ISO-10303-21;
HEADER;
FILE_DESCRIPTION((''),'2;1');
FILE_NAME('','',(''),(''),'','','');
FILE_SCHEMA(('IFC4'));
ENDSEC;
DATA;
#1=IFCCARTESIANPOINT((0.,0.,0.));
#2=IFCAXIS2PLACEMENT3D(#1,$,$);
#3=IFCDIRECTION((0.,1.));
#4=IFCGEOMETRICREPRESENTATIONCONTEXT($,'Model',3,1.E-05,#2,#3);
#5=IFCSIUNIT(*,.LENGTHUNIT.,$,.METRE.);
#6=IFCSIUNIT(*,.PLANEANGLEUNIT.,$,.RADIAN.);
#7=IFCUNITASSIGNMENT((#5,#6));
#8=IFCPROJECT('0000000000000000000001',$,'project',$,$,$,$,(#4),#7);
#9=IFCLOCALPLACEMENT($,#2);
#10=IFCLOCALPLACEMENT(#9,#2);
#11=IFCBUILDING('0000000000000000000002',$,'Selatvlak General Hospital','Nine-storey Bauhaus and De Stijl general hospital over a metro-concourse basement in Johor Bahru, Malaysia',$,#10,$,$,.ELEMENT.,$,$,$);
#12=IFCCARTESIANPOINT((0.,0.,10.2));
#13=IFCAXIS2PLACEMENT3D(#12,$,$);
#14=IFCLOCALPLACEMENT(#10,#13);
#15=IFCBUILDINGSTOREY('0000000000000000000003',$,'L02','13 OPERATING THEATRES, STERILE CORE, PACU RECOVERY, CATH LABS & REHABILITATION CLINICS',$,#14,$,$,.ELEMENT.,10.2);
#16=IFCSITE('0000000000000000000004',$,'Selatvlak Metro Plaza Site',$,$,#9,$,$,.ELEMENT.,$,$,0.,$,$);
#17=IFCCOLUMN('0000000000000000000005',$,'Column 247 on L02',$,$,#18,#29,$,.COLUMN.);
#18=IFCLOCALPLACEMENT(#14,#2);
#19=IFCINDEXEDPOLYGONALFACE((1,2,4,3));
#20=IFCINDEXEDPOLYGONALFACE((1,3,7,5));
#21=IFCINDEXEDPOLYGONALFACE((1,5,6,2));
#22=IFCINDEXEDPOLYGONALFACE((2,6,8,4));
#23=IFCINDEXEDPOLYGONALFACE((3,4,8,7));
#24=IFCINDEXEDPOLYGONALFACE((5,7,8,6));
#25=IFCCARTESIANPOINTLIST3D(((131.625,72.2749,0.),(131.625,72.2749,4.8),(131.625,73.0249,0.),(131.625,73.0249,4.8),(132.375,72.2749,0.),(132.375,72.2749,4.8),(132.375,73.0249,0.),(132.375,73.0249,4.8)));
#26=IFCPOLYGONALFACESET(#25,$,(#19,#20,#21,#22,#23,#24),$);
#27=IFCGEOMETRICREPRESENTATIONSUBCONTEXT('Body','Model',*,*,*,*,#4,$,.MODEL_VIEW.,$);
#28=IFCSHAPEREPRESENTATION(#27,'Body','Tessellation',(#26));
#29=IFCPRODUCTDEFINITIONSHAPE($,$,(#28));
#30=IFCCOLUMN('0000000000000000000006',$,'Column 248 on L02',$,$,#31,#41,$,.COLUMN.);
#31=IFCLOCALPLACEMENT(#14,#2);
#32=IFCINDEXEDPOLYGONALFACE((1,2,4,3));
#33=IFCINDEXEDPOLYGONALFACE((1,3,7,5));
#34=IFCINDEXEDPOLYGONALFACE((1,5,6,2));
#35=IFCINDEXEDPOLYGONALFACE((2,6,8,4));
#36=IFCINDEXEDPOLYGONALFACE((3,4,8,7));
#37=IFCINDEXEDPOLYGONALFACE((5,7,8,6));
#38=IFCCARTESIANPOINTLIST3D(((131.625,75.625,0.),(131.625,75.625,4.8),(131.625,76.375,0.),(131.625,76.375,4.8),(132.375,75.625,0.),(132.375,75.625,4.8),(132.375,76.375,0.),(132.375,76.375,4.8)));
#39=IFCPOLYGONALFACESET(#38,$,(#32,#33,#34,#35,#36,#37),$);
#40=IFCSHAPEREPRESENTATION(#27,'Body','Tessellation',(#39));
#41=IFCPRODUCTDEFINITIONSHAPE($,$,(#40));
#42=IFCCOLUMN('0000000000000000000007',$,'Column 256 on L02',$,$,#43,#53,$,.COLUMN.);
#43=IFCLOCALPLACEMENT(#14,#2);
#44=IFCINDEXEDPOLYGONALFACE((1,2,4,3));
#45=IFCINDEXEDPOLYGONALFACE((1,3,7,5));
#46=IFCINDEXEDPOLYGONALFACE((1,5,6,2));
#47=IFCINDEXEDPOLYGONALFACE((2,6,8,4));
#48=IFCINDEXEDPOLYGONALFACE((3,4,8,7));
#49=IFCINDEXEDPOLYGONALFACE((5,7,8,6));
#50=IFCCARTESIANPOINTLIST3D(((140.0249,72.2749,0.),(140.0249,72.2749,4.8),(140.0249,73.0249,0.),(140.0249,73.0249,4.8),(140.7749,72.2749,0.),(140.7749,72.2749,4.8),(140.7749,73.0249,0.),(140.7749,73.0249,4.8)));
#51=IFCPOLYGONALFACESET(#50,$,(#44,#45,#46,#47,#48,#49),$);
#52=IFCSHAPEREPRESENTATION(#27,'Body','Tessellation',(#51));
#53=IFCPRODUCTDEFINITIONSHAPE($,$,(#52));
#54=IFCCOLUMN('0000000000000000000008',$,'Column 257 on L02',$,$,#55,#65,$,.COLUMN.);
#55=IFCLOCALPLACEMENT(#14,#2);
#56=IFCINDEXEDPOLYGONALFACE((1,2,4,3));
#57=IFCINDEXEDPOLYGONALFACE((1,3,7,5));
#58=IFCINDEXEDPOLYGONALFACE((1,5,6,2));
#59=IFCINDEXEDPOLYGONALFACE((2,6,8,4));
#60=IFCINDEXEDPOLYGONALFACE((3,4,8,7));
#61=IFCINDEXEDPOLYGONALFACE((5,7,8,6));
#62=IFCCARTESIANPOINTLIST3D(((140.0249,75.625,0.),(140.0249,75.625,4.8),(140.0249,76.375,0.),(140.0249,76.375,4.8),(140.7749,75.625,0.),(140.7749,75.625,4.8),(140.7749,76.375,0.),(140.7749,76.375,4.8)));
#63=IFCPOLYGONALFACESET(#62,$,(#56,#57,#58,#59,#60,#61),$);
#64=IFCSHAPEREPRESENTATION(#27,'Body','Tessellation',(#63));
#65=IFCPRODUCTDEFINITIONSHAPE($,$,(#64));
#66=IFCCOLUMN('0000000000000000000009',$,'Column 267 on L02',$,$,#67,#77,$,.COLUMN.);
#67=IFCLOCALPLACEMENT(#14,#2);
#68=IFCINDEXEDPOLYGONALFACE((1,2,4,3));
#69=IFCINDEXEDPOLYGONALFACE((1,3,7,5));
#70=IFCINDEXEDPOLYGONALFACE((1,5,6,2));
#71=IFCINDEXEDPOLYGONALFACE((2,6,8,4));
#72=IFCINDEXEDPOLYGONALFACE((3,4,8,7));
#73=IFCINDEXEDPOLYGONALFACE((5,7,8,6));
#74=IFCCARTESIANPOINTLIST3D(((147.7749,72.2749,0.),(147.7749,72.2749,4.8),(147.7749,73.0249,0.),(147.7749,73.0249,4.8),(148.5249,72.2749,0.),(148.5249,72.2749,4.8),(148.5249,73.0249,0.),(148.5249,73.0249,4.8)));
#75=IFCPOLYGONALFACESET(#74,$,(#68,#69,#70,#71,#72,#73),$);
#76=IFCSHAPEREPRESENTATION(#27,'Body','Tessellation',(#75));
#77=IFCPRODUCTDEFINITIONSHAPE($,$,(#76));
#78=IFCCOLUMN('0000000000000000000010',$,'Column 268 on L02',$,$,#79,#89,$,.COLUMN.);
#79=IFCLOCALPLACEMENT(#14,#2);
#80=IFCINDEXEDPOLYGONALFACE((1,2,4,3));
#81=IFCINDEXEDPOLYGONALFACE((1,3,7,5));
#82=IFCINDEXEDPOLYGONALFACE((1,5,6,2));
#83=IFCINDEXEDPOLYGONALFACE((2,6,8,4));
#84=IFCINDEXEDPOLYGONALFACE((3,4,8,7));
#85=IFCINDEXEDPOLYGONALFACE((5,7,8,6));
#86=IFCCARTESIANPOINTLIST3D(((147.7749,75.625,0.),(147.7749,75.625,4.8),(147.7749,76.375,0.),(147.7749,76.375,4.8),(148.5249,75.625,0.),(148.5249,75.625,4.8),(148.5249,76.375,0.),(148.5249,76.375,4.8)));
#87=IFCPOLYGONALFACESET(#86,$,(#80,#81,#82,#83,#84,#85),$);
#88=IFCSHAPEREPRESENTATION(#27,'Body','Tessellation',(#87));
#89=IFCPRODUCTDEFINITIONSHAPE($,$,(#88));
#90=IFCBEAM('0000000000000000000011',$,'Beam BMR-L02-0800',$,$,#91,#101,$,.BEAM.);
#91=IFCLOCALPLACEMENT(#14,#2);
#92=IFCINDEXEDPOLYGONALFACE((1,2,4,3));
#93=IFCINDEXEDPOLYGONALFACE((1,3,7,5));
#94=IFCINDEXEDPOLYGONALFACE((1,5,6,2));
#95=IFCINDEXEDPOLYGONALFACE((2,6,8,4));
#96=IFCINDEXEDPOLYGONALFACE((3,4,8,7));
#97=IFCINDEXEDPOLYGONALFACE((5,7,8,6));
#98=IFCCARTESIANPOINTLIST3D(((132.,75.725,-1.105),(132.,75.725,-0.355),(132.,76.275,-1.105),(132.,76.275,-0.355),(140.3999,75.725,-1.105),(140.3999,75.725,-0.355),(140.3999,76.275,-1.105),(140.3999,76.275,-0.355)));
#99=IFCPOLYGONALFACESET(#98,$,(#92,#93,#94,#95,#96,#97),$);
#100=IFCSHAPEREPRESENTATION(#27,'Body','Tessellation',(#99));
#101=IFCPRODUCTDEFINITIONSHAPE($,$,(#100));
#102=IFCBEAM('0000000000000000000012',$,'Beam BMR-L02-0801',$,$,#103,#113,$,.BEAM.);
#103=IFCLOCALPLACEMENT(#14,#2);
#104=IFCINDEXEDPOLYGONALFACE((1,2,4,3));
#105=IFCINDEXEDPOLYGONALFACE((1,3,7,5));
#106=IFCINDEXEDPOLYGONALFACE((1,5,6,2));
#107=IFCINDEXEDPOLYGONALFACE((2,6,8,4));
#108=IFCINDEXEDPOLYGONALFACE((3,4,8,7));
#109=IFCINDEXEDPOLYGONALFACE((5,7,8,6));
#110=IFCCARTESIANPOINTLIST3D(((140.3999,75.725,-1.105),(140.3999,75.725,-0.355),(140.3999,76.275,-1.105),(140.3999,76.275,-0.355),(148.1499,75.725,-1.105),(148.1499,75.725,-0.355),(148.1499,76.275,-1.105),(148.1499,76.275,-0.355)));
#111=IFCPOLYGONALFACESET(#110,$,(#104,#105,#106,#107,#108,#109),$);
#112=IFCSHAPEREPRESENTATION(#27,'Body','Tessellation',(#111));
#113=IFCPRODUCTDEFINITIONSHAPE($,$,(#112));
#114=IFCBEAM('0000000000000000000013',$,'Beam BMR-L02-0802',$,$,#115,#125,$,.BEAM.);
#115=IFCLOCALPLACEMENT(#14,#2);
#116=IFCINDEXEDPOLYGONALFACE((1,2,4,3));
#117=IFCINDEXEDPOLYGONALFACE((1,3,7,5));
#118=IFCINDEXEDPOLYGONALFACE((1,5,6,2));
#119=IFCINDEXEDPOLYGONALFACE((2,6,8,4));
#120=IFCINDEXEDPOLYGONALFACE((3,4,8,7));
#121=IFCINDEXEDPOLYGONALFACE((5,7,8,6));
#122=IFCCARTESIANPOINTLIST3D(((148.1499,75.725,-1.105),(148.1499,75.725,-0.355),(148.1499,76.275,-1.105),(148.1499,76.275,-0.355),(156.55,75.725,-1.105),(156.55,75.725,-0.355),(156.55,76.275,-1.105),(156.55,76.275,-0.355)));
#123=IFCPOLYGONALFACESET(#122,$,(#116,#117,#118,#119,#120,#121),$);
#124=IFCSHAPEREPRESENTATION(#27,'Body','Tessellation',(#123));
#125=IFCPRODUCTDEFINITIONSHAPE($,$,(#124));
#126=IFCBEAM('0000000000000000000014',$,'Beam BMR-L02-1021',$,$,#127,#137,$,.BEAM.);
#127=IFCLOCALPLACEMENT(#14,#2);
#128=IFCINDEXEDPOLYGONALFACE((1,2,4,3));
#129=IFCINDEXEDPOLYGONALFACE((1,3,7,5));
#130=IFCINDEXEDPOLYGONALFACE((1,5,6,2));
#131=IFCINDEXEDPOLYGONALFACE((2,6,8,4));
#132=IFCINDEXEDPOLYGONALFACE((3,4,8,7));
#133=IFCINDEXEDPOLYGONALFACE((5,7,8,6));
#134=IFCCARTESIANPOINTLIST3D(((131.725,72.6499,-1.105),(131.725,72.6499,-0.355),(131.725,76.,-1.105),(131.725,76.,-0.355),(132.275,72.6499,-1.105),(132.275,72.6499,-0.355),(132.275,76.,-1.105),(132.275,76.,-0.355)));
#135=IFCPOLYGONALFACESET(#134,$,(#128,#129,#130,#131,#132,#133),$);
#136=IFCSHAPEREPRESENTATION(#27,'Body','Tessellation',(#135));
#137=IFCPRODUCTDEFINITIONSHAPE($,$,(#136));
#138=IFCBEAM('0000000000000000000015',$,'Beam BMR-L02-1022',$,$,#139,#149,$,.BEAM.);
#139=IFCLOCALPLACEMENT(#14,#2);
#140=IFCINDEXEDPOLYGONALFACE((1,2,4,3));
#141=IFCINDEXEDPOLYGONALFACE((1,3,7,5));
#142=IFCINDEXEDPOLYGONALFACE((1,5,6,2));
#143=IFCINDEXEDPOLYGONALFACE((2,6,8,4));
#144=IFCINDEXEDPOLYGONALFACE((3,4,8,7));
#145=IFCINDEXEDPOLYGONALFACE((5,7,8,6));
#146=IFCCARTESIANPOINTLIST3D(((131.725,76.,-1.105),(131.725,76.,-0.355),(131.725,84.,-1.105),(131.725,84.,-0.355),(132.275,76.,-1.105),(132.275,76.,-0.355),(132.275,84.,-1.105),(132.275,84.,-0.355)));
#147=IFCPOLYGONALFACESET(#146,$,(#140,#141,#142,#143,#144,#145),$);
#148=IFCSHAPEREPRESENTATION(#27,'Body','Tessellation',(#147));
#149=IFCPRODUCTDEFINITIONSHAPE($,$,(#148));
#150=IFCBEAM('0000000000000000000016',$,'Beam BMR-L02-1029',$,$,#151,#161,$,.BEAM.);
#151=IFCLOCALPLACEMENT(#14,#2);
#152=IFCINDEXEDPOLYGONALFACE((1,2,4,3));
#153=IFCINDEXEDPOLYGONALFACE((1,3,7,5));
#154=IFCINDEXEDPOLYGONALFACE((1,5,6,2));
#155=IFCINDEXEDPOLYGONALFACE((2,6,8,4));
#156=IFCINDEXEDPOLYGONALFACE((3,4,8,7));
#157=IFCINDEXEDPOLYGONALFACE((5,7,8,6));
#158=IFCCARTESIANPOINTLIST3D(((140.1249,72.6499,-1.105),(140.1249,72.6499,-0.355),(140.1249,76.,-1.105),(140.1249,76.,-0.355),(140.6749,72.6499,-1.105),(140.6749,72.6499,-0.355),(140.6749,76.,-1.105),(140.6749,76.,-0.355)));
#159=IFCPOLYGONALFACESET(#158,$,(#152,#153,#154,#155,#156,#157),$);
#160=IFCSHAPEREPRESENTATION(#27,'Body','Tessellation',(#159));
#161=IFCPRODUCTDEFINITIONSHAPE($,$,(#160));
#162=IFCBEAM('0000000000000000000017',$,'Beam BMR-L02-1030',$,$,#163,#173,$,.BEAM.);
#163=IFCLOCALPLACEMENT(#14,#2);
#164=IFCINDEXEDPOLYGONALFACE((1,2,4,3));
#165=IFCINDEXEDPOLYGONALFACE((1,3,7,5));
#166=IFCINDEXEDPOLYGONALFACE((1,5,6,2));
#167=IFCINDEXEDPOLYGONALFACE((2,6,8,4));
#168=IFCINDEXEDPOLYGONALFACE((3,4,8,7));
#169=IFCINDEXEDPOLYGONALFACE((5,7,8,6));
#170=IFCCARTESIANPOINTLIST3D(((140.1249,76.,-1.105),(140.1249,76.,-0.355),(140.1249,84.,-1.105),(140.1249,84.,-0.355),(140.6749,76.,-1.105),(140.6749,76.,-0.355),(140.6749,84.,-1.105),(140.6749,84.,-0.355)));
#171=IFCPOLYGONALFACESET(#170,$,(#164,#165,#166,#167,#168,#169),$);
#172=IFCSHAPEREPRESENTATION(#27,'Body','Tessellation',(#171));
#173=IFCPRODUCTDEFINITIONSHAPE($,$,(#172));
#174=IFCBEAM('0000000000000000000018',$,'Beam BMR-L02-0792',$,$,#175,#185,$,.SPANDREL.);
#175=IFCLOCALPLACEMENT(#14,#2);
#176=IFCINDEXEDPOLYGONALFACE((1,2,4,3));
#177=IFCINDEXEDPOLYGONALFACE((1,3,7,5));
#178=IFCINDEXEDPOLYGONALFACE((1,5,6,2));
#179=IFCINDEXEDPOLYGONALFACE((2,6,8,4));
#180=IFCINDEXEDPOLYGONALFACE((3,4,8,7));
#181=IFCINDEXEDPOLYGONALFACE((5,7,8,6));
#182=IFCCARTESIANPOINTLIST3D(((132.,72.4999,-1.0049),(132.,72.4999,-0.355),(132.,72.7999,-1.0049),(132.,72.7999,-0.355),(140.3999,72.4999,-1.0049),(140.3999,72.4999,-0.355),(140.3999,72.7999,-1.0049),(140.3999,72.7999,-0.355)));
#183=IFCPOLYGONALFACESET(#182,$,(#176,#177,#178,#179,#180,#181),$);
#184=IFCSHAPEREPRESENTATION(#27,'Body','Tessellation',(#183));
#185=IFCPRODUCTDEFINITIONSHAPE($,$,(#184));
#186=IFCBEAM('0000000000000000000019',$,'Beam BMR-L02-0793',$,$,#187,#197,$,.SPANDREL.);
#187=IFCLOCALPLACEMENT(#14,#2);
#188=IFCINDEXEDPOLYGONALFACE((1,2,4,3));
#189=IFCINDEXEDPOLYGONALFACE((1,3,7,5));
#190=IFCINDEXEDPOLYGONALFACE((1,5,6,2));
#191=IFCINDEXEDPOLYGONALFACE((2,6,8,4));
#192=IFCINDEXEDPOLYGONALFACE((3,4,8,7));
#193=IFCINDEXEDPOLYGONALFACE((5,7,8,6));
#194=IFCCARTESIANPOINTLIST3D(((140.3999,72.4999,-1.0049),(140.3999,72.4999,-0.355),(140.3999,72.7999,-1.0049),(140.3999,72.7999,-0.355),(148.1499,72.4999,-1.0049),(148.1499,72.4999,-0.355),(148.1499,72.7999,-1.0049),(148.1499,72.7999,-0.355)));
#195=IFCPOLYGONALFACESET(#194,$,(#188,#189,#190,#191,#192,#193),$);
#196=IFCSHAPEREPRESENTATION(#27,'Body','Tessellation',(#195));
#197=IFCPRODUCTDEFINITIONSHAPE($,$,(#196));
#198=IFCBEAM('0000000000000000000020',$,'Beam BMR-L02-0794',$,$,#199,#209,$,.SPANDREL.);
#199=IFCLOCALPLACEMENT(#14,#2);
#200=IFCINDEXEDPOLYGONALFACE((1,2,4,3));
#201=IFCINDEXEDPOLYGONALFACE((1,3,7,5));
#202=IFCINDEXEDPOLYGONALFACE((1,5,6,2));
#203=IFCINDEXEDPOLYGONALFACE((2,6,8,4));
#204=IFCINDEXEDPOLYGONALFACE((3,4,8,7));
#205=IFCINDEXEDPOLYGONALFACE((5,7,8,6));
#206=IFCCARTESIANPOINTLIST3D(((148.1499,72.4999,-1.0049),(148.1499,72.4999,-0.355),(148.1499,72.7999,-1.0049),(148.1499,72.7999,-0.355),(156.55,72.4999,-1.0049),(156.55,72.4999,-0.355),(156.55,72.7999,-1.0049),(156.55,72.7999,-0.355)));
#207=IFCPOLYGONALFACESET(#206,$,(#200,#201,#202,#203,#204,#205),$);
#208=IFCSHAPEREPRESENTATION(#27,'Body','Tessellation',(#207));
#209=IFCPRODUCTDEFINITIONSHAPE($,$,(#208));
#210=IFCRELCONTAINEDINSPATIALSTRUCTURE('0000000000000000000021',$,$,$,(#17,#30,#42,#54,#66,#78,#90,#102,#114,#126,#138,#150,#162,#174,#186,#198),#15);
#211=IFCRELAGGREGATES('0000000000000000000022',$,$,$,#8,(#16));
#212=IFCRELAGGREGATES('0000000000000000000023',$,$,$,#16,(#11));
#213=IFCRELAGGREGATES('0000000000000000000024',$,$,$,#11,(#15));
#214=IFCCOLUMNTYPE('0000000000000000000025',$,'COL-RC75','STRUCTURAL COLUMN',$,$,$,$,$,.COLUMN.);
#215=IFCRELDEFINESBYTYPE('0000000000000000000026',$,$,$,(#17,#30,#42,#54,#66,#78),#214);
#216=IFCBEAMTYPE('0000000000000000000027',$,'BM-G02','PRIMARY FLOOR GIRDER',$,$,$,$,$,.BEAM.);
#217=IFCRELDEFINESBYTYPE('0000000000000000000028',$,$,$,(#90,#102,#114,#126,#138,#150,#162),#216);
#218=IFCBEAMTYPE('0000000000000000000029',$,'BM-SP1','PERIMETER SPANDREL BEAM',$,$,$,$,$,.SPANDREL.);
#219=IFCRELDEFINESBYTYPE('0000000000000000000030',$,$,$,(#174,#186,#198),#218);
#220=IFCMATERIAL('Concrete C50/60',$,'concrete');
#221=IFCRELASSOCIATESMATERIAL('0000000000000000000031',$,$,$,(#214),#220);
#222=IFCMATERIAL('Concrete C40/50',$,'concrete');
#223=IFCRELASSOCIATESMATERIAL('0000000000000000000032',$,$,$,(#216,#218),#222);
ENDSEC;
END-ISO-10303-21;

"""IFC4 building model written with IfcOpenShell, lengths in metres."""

from ifc_helpers import new_model, si_unit, direction, frame, origin, origin_2d, place, context, subcontext, project, spatial, rectangle, extrude, material, material_profile, profile_set, type_object, element, save


model = new_model("IFC4")

# Units and contexts
model_context = context("Model", 3, precision=1e-05, world=origin(), true_north=direction((0.0, 1.0)))
body_context = subcontext(model_context, "Body", "Model", "MODEL_VIEW")
ifc_project = project(units=[si_unit("LENGTHUNIT", "METRE"), si_unit("PLANEANGLEUNIT", "RADIAN")], contexts=[model_context])

# Site, building, storey
site_placement = place(None, origin())
site = spatial("IfcSite", under=ifc_project, at=site_placement, Name="Selatvlak Metro Plaza Site", CompositionType="ELEMENT", RefElevation=0.0)
building_placement = place(site_placement, origin())
building = spatial("IfcBuilding", under=site, at=building_placement, Name="Selatvlak General Hospital", Description="Nine-storey Bauhaus and De Stijl general hospital over a metro-concourse basement in Johor Bahru, Malaysia", CompositionType="ELEMENT")
storey_placement = place(building_placement, frame((0.0, 0.0, 10.2)))
storey = spatial("IfcBuildingStorey", under=building, at=storey_placement, Name="L02", Description="13 OPERATING THEATRES, STERILE CORE, PACU RECOVERY, CATH LABS & REHABILITATION CLINICS", CompositionType="ELEMENT", Elevation=10.2)

# Columns
ifc_material_1 = material(Name="Concrete C50/60", Category="concrete")
ifc_material_profile_1 = material_profile(ifc_material_1, rectangle(XDim=0.75, YDim=0.75, at=origin_2d()), Name="RC-COL 750x750")
ifc_profile_set_1 = profile_set([ifc_material_profile_1], Name="Concrete C50/60")
column_type = type_object("IfcColumnType", Name="COL-RC75", Description="STRUCTURAL COLUMN", PredefinedType="COLUMN", material=ifc_profile_set_1)
for number, where, z_axis, x_axis, name in (
    (1, (132.0, 72.6499, 0.0), (0.0, 0.0, 1.0), (1.0, 0.0, 0.0), "Column 247 on L02"),
    (2, (132.0, 76.0, 0.0), (0.0, 0.0, 1.0), (1.0, 0.0, 0.0), "Column 248 on L02"),
    (3, (140.3999, 72.6499, 0.0), (0.0, 0.0, 1.0), (1.0, 0.0, 0.0), "Column 256 on L02"),
    (4, (140.3999, 76.0, 0.0), (0.0, 0.0, 1.0), (1.0, 0.0, 0.0), "Column 257 on L02"),
    (5, (148.1499, 72.6499, 0.0), (0.0, 0.0, 1.0), (1.0, 0.0, 0.0), "Column 267 on L02"),
    (6, (148.1499, 76.0, 0.0), (0.0, 0.0, 1.0), (1.0, 0.0, 0.0), "Column 268 on L02"),
):
    element("IfcColumn", number, at=place(storey_placement, frame(where, z_axis=z_axis, x_axis=x_axis)), inside=storey, type_object=column_type, Name=name, PredefinedType="COLUMN", context=body_context, shape_type="SweptSolid", body=[
        extrude(rectangle(XDim=0.75, YDim=0.75, at=origin_2d()), origin(), (0.0, 0.0, 1.0), 4.8),
    ])

# Beams
ifc_material_2 = material(Name="Concrete C40/50", Category="concrete")
ifc_material_profile_2 = material_profile(ifc_material_2, rectangle(XDim=0.55, YDim=0.75, at=origin_2d()), Name="RC-BM 550x750")
ifc_profile_set_2 = profile_set([ifc_material_profile_2], Name="Concrete C40/50")
beam_type_1 = type_object("IfcBeamType", Name="BM-G02", Description="PRIMARY FLOOR GIRDER", PredefinedType="BEAM", material=ifc_profile_set_2)
beam_1_placement = place(storey_placement, frame((132.0, 76.0, -0.73), z_axis=(1.0, 0.0, 0.0), x_axis=(0.0, 1.0, 0.0)))
element("IfcBeam", 7, at=beam_1_placement, inside=storey, type_object=beam_type_1, Name="Beam BMR-L02-0800", PredefinedType="BEAM", context=body_context, shape_type="SweptSolid", body=[
    extrude(rectangle(XDim=0.55, YDim=0.75, at=origin_2d()), origin(), (0.0, 0.0, 1.0), 8.3999),
])
beam_2_placement = place(storey_placement, frame((140.3999, 76.0, -0.73), z_axis=(1.0, 0.0, 0.0), x_axis=(0.0, 1.0, 0.0)))
element("IfcBeam", 8, at=beam_2_placement, inside=storey, type_object=beam_type_1, Name="Beam BMR-L02-0801", PredefinedType="BEAM", context=body_context, shape_type="SweptSolid", body=[
    extrude(rectangle(XDim=0.55, YDim=0.75, at=origin_2d()), origin(), (0.0, 0.0, 1.0), 7.75),
])
beam_3_placement = place(storey_placement, frame((148.1499, 76.0, -0.73), z_axis=(1.0, 0.0, 0.0), x_axis=(0.0, 1.0, 0.0)))
element("IfcBeam", 9, at=beam_3_placement, inside=storey, type_object=beam_type_1, Name="Beam BMR-L02-0802", PredefinedType="BEAM", context=body_context, shape_type="SweptSolid", body=[
    extrude(rectangle(XDim=0.55, YDim=0.75, at=origin_2d()), origin(), (0.0, 0.0, 1.0), 8.4001),
])
beam_4_placement = place(storey_placement, frame((132.0, 72.6499, -0.73), z_axis=(0.0, 1.0, 0.0), x_axis=(-1.0, 0.0, 0.0)))
element("IfcBeam", 10, at=beam_4_placement, inside=storey, type_object=beam_type_1, Name="Beam BMR-L02-1021", PredefinedType="BEAM", context=body_context, shape_type="SweptSolid", body=[
    extrude(rectangle(XDim=0.55, YDim=0.75, at=origin_2d()), origin(), (0.0, 0.0, 1.0), 3.3501),
])
beam_5_placement = place(storey_placement, frame((132.0, 76.0, -0.73), z_axis=(0.0, 1.0, 0.0), x_axis=(-1.0, 0.0, 0.0)))
element("IfcBeam", 11, at=beam_5_placement, inside=storey, type_object=beam_type_1, Name="Beam BMR-L02-1022", PredefinedType="BEAM", context=body_context, shape_type="SweptSolid", body=[
    extrude(rectangle(XDim=0.55, YDim=0.75, at=origin_2d()), origin(), (0.0, 0.0, 1.0), 8.0),
])
beam_6_placement = place(storey_placement, frame((140.3999, 72.6499, -0.73), z_axis=(0.0, 1.0, 0.0), x_axis=(-1.0, 0.0, 0.0)))
element("IfcBeam", 12, at=beam_6_placement, inside=storey, type_object=beam_type_1, Name="Beam BMR-L02-1029", PredefinedType="BEAM", context=body_context, shape_type="SweptSolid", body=[
    extrude(rectangle(XDim=0.55, YDim=0.75, at=origin_2d()), origin(), (0.0, 0.0, 1.0), 3.3501),
])
beam_7_placement = place(storey_placement, frame((140.3999, 76.0, -0.73), z_axis=(0.0, 1.0, 0.0), x_axis=(-1.0, 0.0, 0.0)))
element("IfcBeam", 13, at=beam_7_placement, inside=storey, type_object=beam_type_1, Name="Beam BMR-L02-1030", PredefinedType="BEAM", context=body_context, shape_type="SweptSolid", body=[
    extrude(rectangle(XDim=0.55, YDim=0.75, at=origin_2d()), origin(), (0.0, 0.0, 1.0), 8.0),
])
ifc_material_profile_3 = material_profile(ifc_material_2, rectangle(XDim=0.3, YDim=0.6499, at=origin_2d()), Name="RC-SP 300x650")
ifc_profile_set_3 = profile_set([ifc_material_profile_3], Name="Concrete C40/50")
beam_type_2 = type_object("IfcBeamType", Name="BM-SP1", Description="PERIMETER SPANDREL BEAM", PredefinedType="SPANDREL", material=ifc_profile_set_3)
beam_8_placement = place(storey_placement, frame((132.0, 72.6499, -0.6799), z_axis=(1.0, 0.0, 0.0), x_axis=(0.0, 1.0, 0.0)))
element("IfcBeam", 14, at=beam_8_placement, inside=storey, type_object=beam_type_2, Name="Beam BMR-L02-0792", PredefinedType="SPANDREL", context=body_context, shape_type="SweptSolid", body=[
    extrude(rectangle(XDim=0.3, YDim=0.6499, at=origin_2d()), origin(), (0.0, 0.0, 1.0), 8.3999),
])
beam_9_placement = place(storey_placement, frame((140.3999, 72.6499, -0.6799), z_axis=(1.0, 0.0, 0.0), x_axis=(0.0, 1.0, 0.0)))
element("IfcBeam", 15, at=beam_9_placement, inside=storey, type_object=beam_type_2, Name="Beam BMR-L02-0793", PredefinedType="SPANDREL", context=body_context, shape_type="SweptSolid", body=[
    extrude(rectangle(XDim=0.3, YDim=0.6499, at=origin_2d()), origin(), (0.0, 0.0, 1.0), 7.75),
])
beam_10_placement = place(storey_placement, frame((148.1499, 72.6499, -0.6799), z_axis=(1.0, 0.0, 0.0), x_axis=(0.0, 1.0, 0.0)))
element("IfcBeam", 16, at=beam_10_placement, inside=storey, type_object=beam_type_2, Name="Beam BMR-L02-0794", PredefinedType="SPANDREL", context=body_context, shape_type="SweptSolid", body=[
    extrude(rectangle(XDim=0.3, YDim=0.6499, at=origin_2d()), origin(), (0.0, 0.0, 1.0), 8.4001),
])

save(model, "model.ifc")
